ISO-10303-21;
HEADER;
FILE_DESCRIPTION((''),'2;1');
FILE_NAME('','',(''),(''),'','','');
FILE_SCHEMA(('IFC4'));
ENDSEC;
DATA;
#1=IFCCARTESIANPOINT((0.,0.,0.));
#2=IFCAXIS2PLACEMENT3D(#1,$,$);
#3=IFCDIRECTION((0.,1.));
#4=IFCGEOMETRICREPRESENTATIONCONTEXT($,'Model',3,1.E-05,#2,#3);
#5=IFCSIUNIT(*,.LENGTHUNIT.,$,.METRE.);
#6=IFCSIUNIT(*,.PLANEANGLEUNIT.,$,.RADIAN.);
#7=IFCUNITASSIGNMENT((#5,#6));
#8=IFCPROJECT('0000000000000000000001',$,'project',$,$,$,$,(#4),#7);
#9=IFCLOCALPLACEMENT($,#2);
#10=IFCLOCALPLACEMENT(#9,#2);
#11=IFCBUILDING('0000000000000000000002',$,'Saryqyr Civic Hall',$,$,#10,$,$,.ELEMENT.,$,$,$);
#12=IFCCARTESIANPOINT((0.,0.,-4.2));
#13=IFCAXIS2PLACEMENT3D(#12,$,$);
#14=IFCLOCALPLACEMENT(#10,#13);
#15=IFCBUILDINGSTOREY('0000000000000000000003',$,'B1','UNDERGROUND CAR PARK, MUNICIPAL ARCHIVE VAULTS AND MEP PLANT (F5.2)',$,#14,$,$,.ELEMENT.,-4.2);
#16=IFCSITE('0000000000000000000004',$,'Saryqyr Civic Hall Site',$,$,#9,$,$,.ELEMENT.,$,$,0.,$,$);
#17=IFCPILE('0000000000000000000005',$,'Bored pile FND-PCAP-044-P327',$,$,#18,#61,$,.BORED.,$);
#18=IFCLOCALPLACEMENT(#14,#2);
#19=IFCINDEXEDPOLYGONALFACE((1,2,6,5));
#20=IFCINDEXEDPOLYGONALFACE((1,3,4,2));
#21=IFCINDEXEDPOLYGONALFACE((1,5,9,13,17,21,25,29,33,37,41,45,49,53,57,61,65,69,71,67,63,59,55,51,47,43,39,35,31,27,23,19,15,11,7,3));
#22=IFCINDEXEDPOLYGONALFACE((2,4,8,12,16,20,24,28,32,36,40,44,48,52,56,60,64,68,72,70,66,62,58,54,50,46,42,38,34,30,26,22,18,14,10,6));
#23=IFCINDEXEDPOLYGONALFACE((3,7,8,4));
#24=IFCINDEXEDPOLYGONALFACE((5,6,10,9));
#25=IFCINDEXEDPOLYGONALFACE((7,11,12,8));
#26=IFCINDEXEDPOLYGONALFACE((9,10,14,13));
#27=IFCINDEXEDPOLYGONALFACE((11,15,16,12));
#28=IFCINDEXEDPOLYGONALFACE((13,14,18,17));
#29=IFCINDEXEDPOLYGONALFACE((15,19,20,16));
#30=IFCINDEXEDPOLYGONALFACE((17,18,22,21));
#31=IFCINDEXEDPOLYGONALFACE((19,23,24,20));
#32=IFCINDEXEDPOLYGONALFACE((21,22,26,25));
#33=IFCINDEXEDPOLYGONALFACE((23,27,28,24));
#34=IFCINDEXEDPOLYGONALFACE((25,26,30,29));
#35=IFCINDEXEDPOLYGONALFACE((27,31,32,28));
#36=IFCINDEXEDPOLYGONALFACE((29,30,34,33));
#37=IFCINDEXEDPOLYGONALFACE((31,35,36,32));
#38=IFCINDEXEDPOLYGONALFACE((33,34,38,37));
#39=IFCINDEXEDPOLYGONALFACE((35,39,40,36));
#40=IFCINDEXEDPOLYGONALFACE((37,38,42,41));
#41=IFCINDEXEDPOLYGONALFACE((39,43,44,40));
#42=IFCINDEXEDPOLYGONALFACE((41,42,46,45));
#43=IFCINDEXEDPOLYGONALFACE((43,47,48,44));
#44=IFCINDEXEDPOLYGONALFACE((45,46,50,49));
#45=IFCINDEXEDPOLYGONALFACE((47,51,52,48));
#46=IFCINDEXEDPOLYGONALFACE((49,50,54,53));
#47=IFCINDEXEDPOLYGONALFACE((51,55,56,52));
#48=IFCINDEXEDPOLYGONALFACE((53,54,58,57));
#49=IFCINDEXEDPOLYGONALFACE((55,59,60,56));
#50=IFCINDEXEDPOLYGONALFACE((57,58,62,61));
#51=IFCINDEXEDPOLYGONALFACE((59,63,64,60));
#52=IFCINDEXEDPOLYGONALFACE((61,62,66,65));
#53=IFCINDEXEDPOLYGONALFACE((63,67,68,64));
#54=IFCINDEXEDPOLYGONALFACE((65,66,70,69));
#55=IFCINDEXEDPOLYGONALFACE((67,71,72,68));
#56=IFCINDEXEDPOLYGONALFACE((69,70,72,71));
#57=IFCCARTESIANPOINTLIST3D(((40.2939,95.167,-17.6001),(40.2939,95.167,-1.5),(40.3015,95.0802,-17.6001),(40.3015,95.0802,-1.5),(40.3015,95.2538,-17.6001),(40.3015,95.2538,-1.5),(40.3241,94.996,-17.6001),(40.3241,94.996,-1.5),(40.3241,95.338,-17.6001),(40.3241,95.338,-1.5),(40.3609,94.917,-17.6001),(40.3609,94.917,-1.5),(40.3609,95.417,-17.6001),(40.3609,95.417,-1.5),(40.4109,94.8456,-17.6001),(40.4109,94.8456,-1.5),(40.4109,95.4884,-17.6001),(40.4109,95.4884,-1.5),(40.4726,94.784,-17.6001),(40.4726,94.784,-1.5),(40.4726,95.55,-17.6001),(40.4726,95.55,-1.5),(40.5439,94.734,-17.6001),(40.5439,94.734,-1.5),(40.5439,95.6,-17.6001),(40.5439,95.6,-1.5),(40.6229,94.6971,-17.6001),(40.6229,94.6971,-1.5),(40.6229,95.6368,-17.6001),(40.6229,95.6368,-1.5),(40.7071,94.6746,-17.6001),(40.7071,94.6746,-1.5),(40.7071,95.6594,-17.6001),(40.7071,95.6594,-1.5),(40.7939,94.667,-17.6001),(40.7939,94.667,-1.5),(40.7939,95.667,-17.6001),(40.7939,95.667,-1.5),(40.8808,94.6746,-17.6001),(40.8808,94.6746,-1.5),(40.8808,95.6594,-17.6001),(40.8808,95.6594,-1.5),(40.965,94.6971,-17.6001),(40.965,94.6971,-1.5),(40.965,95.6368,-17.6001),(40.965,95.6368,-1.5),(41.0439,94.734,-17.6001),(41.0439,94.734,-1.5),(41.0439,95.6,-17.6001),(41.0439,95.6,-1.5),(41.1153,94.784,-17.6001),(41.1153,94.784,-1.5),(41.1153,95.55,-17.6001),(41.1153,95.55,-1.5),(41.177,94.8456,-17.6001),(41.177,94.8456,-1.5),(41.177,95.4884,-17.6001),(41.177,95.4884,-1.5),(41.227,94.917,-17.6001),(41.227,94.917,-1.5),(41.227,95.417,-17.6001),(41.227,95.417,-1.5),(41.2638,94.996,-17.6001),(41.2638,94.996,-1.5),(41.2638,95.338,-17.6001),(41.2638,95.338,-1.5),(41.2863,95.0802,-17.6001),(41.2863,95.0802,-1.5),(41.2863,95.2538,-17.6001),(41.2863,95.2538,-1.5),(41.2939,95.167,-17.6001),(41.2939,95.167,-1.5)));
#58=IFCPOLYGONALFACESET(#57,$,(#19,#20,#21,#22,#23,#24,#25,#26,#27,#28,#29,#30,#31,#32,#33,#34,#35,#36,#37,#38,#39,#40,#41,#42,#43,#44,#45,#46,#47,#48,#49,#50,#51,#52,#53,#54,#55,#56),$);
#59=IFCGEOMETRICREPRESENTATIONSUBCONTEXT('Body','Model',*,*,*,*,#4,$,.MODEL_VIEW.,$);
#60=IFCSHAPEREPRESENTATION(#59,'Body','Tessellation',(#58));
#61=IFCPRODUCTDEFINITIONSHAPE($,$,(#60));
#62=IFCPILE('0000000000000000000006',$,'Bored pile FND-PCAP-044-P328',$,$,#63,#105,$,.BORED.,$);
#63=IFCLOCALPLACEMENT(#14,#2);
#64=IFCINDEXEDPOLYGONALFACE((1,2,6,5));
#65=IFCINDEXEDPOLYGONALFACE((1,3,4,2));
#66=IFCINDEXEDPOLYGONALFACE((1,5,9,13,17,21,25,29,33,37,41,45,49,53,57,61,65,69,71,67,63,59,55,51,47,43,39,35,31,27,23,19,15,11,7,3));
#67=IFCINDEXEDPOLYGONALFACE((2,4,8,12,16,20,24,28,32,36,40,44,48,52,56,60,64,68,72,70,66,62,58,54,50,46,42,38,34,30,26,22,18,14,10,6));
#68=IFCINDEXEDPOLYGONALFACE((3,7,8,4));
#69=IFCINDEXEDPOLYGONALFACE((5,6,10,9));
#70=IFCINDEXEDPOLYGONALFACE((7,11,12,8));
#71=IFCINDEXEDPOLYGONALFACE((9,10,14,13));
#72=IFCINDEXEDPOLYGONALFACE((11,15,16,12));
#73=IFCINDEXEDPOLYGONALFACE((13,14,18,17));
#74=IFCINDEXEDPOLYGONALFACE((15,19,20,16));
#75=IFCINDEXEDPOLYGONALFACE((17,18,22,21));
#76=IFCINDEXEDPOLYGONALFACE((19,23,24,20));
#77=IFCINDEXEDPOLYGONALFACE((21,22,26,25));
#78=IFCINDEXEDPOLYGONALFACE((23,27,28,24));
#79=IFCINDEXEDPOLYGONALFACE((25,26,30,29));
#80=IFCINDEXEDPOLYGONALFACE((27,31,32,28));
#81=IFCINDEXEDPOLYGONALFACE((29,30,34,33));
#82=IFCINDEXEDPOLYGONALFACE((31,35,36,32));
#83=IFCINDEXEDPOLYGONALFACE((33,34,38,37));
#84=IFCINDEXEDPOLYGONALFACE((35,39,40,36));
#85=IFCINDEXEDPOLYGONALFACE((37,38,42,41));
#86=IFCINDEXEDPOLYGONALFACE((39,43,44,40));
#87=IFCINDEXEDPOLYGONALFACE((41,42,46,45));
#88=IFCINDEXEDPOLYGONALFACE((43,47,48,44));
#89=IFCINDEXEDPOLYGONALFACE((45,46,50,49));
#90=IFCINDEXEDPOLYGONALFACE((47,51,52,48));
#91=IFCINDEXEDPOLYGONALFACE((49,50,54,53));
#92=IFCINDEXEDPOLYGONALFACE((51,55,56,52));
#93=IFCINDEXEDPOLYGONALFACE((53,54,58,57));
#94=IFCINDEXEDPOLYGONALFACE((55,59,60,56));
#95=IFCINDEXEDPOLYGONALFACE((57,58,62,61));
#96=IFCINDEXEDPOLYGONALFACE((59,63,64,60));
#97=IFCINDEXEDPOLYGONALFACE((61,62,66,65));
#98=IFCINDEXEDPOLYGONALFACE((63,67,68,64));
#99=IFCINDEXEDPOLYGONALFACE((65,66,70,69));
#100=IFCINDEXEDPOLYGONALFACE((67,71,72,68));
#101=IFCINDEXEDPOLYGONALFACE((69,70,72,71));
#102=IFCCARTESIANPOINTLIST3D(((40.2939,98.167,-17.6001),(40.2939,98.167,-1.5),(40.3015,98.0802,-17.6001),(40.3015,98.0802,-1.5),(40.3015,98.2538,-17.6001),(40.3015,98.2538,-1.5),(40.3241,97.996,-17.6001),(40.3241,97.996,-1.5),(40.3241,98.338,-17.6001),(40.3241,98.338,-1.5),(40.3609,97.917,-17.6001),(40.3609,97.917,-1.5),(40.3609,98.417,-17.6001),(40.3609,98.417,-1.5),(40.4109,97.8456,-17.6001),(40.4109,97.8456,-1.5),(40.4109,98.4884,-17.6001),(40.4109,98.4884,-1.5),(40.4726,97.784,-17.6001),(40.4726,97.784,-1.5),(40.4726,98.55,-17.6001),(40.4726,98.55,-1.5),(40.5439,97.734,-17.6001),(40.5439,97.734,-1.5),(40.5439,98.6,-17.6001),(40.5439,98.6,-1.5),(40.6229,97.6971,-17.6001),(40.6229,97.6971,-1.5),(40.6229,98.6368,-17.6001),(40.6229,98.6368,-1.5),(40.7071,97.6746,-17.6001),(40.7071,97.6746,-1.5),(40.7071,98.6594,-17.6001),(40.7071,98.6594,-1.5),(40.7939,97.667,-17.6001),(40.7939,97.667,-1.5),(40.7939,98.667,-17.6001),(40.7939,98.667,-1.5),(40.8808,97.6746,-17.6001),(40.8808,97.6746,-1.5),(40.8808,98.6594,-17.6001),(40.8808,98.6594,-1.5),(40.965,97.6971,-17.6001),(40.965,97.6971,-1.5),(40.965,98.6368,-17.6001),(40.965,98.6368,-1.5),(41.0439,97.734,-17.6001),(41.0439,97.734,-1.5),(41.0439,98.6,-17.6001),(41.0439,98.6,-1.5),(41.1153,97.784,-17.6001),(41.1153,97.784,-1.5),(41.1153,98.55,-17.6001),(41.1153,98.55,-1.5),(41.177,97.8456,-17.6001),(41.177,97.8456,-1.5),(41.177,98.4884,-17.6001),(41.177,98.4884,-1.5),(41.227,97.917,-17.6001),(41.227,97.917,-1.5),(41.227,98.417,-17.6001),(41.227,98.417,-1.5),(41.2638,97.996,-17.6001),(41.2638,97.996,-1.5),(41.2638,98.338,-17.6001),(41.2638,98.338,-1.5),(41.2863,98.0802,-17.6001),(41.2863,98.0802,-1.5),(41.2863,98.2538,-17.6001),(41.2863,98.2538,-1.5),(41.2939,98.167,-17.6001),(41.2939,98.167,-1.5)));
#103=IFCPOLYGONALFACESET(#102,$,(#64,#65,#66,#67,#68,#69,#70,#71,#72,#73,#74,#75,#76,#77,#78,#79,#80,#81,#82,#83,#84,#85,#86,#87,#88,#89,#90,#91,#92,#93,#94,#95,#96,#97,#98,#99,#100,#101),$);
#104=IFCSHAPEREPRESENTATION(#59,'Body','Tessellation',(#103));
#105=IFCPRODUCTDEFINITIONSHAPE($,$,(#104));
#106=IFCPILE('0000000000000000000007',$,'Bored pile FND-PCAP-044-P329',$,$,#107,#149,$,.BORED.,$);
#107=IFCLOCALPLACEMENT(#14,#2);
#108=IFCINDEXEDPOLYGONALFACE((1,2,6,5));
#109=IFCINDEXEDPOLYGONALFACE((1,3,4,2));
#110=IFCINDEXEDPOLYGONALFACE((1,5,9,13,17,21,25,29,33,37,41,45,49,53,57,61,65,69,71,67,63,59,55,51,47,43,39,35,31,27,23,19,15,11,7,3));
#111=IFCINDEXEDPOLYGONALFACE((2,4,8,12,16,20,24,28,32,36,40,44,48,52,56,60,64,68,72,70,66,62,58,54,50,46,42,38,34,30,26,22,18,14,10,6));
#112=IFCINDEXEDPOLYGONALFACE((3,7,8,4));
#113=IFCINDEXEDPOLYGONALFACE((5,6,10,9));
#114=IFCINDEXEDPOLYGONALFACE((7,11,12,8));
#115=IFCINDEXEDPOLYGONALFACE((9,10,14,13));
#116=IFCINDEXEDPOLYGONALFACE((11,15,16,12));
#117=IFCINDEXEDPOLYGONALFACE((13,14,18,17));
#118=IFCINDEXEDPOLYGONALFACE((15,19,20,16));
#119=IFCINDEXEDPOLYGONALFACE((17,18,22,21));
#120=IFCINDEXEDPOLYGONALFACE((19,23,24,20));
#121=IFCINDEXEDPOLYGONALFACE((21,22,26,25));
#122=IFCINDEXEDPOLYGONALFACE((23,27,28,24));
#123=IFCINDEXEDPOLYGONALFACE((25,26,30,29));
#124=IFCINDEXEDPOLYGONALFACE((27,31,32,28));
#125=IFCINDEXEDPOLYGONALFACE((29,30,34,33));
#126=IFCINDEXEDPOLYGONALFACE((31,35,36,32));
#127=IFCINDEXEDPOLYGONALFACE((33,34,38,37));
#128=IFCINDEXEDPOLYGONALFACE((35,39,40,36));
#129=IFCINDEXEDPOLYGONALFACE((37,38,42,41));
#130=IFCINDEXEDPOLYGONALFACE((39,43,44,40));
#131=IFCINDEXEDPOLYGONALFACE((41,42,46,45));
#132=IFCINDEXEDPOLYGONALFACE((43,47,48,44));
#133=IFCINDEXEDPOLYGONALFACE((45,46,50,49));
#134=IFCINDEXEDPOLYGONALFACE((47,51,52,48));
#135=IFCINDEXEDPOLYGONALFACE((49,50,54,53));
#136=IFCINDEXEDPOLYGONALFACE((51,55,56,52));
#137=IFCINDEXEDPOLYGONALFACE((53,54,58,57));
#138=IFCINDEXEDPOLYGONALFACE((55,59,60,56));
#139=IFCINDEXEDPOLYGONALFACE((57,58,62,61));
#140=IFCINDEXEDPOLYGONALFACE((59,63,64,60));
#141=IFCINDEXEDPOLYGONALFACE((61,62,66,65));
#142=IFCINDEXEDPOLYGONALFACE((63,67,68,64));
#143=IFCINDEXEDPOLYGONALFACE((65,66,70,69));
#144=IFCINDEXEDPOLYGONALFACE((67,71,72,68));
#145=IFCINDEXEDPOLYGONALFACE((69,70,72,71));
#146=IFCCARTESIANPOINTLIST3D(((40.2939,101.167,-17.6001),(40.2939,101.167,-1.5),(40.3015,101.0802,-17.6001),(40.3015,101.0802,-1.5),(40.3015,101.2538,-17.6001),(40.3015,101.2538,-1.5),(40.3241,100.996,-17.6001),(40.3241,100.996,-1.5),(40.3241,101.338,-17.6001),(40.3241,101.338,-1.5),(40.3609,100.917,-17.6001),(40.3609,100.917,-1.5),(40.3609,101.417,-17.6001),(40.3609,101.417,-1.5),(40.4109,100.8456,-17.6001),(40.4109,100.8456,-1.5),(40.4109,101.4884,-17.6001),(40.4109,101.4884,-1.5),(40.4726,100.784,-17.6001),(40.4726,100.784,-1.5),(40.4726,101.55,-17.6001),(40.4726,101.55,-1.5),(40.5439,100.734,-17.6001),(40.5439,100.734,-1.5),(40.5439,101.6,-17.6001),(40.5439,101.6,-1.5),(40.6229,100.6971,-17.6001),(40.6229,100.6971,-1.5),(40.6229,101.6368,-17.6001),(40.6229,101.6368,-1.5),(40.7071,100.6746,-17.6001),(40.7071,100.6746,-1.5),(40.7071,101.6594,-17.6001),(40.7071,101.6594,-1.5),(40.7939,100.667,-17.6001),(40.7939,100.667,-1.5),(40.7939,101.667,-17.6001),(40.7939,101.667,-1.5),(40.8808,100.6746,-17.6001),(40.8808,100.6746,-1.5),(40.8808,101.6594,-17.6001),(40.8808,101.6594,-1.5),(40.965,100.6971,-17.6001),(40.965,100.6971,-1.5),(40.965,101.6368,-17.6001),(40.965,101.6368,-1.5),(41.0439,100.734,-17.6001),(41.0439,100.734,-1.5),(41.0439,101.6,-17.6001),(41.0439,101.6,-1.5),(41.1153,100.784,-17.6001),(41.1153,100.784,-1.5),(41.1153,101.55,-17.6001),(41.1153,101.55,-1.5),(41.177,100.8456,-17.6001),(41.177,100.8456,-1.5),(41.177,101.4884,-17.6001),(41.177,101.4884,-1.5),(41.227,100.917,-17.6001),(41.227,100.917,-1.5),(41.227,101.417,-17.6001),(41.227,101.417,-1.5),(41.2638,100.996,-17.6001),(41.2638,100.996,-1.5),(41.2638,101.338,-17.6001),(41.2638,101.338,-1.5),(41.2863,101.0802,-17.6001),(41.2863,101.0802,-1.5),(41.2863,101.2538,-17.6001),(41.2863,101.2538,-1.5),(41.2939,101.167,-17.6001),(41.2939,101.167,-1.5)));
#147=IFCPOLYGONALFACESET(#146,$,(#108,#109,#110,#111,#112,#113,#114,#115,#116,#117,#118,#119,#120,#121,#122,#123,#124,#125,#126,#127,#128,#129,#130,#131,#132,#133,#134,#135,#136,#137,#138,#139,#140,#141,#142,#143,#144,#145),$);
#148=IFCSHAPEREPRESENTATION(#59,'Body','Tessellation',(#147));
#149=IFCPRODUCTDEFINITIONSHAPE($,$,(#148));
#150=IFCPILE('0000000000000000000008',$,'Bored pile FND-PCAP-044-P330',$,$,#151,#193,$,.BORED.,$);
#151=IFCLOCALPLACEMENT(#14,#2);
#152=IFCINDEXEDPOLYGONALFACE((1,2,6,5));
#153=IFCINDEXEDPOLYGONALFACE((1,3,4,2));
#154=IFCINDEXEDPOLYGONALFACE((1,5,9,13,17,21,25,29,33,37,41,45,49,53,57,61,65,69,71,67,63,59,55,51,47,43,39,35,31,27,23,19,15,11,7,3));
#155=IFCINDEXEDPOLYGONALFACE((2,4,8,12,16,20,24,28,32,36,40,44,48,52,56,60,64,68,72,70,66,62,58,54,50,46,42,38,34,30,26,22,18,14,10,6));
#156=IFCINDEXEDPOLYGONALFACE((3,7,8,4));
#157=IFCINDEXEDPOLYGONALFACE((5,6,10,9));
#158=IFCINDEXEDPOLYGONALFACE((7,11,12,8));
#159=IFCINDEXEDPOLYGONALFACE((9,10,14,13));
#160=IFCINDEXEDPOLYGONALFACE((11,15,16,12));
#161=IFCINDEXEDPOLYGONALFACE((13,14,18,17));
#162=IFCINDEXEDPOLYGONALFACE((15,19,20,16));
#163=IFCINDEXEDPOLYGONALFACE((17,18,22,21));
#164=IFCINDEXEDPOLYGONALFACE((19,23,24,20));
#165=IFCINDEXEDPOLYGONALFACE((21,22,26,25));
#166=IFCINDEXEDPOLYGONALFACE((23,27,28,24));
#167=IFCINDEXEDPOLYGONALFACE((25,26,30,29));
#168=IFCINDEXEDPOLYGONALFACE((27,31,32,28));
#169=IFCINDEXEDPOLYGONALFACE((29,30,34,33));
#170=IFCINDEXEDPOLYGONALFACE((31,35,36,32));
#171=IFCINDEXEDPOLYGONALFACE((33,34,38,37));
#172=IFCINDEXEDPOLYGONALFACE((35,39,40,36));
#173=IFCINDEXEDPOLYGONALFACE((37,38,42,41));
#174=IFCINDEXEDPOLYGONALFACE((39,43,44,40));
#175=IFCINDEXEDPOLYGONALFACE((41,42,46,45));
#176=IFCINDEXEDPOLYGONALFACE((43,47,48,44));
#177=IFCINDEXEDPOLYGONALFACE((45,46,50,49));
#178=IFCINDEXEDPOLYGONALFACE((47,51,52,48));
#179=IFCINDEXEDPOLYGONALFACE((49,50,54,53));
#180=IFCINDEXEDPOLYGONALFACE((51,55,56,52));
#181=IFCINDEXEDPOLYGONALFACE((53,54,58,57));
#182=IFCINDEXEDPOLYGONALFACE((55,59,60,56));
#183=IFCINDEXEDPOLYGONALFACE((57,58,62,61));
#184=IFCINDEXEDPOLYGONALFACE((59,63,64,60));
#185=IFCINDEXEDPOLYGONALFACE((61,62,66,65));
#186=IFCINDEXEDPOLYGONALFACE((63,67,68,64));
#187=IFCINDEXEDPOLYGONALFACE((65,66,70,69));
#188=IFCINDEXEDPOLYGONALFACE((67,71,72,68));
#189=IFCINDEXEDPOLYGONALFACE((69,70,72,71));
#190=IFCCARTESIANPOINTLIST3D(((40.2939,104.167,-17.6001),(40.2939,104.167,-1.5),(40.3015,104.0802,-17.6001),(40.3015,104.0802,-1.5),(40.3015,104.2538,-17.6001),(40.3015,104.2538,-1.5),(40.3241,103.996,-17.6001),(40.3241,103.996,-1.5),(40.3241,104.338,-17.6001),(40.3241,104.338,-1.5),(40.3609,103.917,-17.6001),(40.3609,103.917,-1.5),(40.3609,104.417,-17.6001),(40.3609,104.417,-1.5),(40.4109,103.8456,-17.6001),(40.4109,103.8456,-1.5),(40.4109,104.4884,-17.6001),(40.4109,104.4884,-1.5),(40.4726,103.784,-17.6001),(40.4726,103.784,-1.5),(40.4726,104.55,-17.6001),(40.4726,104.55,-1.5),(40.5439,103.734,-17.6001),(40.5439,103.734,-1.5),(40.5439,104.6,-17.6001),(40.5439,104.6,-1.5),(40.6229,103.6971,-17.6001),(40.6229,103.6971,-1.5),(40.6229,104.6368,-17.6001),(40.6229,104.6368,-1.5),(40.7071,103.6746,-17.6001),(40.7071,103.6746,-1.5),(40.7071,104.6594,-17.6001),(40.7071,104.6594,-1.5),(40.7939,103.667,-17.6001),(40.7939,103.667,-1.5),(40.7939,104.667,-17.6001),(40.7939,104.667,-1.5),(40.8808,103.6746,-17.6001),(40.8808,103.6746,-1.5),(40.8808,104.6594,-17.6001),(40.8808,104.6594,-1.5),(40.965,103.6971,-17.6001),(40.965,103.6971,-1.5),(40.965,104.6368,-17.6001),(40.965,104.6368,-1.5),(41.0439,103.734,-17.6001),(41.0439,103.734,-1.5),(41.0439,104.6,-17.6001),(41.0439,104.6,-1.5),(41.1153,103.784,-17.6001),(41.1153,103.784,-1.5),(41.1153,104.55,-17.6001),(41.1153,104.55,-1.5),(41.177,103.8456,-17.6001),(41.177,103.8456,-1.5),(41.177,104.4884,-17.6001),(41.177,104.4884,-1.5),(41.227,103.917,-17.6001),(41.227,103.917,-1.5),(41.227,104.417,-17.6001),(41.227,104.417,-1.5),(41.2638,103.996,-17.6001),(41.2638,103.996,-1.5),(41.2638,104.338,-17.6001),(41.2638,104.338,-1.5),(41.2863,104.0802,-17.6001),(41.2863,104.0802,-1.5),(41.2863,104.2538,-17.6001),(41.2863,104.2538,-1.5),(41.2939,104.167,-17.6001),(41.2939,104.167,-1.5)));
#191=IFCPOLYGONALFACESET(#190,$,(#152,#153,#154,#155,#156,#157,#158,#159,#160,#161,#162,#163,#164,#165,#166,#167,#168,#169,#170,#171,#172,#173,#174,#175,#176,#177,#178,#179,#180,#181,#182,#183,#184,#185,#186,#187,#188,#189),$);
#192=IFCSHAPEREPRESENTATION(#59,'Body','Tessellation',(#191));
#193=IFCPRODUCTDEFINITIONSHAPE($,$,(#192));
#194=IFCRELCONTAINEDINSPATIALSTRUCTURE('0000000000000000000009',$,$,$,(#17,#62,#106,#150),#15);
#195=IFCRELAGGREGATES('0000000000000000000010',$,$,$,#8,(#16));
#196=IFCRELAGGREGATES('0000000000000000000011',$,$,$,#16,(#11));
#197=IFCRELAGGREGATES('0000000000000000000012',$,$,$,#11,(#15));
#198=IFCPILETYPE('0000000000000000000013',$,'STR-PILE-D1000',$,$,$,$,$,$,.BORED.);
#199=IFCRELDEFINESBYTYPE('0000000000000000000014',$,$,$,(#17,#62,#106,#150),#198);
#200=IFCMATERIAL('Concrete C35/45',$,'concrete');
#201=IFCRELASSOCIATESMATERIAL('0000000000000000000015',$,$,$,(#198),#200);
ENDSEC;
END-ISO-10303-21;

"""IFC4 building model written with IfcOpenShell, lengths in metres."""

from ifc_helpers import new_model, si_unit, direction, frame, origin, origin_2d, place, context, subcontext, project, spatial, circle, extrude, material, material_profile, profile_set, type_object, element, save


model = new_model("IFC4")

# Units and contexts
model_context = context("Model", 3, precision=1e-05, world=origin(), true_north=direction((0.0, 1.0)))
body_context = subcontext(model_context, "Body", "Model", "MODEL_VIEW")
ifc_project = project(units=[si_unit("LENGTHUNIT", "METRE"), si_unit("PLANEANGLEUNIT", "RADIAN")], contexts=[model_context])

# Site, building, storey
site_placement = place(None, origin())
site = spatial("IfcSite", under=ifc_project, at=site_placement, Name="Saryqyr Civic Hall Site", CompositionType="ELEMENT", RefElevation=0.0)
building_placement = place(site_placement, origin())
building = spatial("IfcBuilding", under=site, at=building_placement, Name="Saryqyr Civic Hall", CompositionType="ELEMENT")
storey_placement = place(building_placement, frame((0.0, 0.0, -4.2)))
storey = spatial("IfcBuildingStorey", under=building, at=storey_placement, Name="B1", Description="UNDERGROUND CAR PARK, MUNICIPAL ARCHIVE VAULTS AND MEP PLANT (F5.2)", CompositionType="ELEMENT", Elevation=-4.2)

# Piles
ifc_material_1 = material(Name="Concrete C35/45", Category="concrete")
ifc_material_profile_1 = material_profile(ifc_material_1, circle(Radius=0.5, at=origin_2d()), Name="BORED PILE D1000")
ifc_profile_set_1 = profile_set([ifc_material_profile_1], Name="Concrete C35/45")
pile_type = type_object("IfcPileType", Name="STR-PILE-D1000", PredefinedType="BORED", material=ifc_profile_set_1)
for number, where, z_axis, x_axis, name in (
    (1, (40.7939, 95.167, -1.5), (0.0, 0.0, -1.0), (1.0, 0.0, 0.0), "Bored pile FND-PCAP-044-P327"),
    (2, (40.7939, 98.167, -1.5), (0.0, 0.0, -1.0), (1.0, 0.0, 0.0), "Bored pile FND-PCAP-044-P328"),
    (3, (40.7939, 101.167, -1.5), (0.0, 0.0, -1.0), (1.0, 0.0, 0.0), "Bored pile FND-PCAP-044-P329"),
    (4, (40.7939, 104.167, -1.5), (0.0, 0.0, -1.0), (1.0, 0.0, 0.0), "Bored pile FND-PCAP-044-P330"),
):
    element("IfcPile", number, at=place(storey_placement, frame(where, z_axis=z_axis, x_axis=x_axis)), inside=storey, type_object=pile_type, Name=name, PredefinedType="BORED", context=body_context, shape_type="SweptSolid", body=[
        extrude(circle(Radius=0.5, at=origin_2d()), origin(), (0.0, 0.0, 1.0), 16.1001),
    ])

save(model, "model.ifc")
